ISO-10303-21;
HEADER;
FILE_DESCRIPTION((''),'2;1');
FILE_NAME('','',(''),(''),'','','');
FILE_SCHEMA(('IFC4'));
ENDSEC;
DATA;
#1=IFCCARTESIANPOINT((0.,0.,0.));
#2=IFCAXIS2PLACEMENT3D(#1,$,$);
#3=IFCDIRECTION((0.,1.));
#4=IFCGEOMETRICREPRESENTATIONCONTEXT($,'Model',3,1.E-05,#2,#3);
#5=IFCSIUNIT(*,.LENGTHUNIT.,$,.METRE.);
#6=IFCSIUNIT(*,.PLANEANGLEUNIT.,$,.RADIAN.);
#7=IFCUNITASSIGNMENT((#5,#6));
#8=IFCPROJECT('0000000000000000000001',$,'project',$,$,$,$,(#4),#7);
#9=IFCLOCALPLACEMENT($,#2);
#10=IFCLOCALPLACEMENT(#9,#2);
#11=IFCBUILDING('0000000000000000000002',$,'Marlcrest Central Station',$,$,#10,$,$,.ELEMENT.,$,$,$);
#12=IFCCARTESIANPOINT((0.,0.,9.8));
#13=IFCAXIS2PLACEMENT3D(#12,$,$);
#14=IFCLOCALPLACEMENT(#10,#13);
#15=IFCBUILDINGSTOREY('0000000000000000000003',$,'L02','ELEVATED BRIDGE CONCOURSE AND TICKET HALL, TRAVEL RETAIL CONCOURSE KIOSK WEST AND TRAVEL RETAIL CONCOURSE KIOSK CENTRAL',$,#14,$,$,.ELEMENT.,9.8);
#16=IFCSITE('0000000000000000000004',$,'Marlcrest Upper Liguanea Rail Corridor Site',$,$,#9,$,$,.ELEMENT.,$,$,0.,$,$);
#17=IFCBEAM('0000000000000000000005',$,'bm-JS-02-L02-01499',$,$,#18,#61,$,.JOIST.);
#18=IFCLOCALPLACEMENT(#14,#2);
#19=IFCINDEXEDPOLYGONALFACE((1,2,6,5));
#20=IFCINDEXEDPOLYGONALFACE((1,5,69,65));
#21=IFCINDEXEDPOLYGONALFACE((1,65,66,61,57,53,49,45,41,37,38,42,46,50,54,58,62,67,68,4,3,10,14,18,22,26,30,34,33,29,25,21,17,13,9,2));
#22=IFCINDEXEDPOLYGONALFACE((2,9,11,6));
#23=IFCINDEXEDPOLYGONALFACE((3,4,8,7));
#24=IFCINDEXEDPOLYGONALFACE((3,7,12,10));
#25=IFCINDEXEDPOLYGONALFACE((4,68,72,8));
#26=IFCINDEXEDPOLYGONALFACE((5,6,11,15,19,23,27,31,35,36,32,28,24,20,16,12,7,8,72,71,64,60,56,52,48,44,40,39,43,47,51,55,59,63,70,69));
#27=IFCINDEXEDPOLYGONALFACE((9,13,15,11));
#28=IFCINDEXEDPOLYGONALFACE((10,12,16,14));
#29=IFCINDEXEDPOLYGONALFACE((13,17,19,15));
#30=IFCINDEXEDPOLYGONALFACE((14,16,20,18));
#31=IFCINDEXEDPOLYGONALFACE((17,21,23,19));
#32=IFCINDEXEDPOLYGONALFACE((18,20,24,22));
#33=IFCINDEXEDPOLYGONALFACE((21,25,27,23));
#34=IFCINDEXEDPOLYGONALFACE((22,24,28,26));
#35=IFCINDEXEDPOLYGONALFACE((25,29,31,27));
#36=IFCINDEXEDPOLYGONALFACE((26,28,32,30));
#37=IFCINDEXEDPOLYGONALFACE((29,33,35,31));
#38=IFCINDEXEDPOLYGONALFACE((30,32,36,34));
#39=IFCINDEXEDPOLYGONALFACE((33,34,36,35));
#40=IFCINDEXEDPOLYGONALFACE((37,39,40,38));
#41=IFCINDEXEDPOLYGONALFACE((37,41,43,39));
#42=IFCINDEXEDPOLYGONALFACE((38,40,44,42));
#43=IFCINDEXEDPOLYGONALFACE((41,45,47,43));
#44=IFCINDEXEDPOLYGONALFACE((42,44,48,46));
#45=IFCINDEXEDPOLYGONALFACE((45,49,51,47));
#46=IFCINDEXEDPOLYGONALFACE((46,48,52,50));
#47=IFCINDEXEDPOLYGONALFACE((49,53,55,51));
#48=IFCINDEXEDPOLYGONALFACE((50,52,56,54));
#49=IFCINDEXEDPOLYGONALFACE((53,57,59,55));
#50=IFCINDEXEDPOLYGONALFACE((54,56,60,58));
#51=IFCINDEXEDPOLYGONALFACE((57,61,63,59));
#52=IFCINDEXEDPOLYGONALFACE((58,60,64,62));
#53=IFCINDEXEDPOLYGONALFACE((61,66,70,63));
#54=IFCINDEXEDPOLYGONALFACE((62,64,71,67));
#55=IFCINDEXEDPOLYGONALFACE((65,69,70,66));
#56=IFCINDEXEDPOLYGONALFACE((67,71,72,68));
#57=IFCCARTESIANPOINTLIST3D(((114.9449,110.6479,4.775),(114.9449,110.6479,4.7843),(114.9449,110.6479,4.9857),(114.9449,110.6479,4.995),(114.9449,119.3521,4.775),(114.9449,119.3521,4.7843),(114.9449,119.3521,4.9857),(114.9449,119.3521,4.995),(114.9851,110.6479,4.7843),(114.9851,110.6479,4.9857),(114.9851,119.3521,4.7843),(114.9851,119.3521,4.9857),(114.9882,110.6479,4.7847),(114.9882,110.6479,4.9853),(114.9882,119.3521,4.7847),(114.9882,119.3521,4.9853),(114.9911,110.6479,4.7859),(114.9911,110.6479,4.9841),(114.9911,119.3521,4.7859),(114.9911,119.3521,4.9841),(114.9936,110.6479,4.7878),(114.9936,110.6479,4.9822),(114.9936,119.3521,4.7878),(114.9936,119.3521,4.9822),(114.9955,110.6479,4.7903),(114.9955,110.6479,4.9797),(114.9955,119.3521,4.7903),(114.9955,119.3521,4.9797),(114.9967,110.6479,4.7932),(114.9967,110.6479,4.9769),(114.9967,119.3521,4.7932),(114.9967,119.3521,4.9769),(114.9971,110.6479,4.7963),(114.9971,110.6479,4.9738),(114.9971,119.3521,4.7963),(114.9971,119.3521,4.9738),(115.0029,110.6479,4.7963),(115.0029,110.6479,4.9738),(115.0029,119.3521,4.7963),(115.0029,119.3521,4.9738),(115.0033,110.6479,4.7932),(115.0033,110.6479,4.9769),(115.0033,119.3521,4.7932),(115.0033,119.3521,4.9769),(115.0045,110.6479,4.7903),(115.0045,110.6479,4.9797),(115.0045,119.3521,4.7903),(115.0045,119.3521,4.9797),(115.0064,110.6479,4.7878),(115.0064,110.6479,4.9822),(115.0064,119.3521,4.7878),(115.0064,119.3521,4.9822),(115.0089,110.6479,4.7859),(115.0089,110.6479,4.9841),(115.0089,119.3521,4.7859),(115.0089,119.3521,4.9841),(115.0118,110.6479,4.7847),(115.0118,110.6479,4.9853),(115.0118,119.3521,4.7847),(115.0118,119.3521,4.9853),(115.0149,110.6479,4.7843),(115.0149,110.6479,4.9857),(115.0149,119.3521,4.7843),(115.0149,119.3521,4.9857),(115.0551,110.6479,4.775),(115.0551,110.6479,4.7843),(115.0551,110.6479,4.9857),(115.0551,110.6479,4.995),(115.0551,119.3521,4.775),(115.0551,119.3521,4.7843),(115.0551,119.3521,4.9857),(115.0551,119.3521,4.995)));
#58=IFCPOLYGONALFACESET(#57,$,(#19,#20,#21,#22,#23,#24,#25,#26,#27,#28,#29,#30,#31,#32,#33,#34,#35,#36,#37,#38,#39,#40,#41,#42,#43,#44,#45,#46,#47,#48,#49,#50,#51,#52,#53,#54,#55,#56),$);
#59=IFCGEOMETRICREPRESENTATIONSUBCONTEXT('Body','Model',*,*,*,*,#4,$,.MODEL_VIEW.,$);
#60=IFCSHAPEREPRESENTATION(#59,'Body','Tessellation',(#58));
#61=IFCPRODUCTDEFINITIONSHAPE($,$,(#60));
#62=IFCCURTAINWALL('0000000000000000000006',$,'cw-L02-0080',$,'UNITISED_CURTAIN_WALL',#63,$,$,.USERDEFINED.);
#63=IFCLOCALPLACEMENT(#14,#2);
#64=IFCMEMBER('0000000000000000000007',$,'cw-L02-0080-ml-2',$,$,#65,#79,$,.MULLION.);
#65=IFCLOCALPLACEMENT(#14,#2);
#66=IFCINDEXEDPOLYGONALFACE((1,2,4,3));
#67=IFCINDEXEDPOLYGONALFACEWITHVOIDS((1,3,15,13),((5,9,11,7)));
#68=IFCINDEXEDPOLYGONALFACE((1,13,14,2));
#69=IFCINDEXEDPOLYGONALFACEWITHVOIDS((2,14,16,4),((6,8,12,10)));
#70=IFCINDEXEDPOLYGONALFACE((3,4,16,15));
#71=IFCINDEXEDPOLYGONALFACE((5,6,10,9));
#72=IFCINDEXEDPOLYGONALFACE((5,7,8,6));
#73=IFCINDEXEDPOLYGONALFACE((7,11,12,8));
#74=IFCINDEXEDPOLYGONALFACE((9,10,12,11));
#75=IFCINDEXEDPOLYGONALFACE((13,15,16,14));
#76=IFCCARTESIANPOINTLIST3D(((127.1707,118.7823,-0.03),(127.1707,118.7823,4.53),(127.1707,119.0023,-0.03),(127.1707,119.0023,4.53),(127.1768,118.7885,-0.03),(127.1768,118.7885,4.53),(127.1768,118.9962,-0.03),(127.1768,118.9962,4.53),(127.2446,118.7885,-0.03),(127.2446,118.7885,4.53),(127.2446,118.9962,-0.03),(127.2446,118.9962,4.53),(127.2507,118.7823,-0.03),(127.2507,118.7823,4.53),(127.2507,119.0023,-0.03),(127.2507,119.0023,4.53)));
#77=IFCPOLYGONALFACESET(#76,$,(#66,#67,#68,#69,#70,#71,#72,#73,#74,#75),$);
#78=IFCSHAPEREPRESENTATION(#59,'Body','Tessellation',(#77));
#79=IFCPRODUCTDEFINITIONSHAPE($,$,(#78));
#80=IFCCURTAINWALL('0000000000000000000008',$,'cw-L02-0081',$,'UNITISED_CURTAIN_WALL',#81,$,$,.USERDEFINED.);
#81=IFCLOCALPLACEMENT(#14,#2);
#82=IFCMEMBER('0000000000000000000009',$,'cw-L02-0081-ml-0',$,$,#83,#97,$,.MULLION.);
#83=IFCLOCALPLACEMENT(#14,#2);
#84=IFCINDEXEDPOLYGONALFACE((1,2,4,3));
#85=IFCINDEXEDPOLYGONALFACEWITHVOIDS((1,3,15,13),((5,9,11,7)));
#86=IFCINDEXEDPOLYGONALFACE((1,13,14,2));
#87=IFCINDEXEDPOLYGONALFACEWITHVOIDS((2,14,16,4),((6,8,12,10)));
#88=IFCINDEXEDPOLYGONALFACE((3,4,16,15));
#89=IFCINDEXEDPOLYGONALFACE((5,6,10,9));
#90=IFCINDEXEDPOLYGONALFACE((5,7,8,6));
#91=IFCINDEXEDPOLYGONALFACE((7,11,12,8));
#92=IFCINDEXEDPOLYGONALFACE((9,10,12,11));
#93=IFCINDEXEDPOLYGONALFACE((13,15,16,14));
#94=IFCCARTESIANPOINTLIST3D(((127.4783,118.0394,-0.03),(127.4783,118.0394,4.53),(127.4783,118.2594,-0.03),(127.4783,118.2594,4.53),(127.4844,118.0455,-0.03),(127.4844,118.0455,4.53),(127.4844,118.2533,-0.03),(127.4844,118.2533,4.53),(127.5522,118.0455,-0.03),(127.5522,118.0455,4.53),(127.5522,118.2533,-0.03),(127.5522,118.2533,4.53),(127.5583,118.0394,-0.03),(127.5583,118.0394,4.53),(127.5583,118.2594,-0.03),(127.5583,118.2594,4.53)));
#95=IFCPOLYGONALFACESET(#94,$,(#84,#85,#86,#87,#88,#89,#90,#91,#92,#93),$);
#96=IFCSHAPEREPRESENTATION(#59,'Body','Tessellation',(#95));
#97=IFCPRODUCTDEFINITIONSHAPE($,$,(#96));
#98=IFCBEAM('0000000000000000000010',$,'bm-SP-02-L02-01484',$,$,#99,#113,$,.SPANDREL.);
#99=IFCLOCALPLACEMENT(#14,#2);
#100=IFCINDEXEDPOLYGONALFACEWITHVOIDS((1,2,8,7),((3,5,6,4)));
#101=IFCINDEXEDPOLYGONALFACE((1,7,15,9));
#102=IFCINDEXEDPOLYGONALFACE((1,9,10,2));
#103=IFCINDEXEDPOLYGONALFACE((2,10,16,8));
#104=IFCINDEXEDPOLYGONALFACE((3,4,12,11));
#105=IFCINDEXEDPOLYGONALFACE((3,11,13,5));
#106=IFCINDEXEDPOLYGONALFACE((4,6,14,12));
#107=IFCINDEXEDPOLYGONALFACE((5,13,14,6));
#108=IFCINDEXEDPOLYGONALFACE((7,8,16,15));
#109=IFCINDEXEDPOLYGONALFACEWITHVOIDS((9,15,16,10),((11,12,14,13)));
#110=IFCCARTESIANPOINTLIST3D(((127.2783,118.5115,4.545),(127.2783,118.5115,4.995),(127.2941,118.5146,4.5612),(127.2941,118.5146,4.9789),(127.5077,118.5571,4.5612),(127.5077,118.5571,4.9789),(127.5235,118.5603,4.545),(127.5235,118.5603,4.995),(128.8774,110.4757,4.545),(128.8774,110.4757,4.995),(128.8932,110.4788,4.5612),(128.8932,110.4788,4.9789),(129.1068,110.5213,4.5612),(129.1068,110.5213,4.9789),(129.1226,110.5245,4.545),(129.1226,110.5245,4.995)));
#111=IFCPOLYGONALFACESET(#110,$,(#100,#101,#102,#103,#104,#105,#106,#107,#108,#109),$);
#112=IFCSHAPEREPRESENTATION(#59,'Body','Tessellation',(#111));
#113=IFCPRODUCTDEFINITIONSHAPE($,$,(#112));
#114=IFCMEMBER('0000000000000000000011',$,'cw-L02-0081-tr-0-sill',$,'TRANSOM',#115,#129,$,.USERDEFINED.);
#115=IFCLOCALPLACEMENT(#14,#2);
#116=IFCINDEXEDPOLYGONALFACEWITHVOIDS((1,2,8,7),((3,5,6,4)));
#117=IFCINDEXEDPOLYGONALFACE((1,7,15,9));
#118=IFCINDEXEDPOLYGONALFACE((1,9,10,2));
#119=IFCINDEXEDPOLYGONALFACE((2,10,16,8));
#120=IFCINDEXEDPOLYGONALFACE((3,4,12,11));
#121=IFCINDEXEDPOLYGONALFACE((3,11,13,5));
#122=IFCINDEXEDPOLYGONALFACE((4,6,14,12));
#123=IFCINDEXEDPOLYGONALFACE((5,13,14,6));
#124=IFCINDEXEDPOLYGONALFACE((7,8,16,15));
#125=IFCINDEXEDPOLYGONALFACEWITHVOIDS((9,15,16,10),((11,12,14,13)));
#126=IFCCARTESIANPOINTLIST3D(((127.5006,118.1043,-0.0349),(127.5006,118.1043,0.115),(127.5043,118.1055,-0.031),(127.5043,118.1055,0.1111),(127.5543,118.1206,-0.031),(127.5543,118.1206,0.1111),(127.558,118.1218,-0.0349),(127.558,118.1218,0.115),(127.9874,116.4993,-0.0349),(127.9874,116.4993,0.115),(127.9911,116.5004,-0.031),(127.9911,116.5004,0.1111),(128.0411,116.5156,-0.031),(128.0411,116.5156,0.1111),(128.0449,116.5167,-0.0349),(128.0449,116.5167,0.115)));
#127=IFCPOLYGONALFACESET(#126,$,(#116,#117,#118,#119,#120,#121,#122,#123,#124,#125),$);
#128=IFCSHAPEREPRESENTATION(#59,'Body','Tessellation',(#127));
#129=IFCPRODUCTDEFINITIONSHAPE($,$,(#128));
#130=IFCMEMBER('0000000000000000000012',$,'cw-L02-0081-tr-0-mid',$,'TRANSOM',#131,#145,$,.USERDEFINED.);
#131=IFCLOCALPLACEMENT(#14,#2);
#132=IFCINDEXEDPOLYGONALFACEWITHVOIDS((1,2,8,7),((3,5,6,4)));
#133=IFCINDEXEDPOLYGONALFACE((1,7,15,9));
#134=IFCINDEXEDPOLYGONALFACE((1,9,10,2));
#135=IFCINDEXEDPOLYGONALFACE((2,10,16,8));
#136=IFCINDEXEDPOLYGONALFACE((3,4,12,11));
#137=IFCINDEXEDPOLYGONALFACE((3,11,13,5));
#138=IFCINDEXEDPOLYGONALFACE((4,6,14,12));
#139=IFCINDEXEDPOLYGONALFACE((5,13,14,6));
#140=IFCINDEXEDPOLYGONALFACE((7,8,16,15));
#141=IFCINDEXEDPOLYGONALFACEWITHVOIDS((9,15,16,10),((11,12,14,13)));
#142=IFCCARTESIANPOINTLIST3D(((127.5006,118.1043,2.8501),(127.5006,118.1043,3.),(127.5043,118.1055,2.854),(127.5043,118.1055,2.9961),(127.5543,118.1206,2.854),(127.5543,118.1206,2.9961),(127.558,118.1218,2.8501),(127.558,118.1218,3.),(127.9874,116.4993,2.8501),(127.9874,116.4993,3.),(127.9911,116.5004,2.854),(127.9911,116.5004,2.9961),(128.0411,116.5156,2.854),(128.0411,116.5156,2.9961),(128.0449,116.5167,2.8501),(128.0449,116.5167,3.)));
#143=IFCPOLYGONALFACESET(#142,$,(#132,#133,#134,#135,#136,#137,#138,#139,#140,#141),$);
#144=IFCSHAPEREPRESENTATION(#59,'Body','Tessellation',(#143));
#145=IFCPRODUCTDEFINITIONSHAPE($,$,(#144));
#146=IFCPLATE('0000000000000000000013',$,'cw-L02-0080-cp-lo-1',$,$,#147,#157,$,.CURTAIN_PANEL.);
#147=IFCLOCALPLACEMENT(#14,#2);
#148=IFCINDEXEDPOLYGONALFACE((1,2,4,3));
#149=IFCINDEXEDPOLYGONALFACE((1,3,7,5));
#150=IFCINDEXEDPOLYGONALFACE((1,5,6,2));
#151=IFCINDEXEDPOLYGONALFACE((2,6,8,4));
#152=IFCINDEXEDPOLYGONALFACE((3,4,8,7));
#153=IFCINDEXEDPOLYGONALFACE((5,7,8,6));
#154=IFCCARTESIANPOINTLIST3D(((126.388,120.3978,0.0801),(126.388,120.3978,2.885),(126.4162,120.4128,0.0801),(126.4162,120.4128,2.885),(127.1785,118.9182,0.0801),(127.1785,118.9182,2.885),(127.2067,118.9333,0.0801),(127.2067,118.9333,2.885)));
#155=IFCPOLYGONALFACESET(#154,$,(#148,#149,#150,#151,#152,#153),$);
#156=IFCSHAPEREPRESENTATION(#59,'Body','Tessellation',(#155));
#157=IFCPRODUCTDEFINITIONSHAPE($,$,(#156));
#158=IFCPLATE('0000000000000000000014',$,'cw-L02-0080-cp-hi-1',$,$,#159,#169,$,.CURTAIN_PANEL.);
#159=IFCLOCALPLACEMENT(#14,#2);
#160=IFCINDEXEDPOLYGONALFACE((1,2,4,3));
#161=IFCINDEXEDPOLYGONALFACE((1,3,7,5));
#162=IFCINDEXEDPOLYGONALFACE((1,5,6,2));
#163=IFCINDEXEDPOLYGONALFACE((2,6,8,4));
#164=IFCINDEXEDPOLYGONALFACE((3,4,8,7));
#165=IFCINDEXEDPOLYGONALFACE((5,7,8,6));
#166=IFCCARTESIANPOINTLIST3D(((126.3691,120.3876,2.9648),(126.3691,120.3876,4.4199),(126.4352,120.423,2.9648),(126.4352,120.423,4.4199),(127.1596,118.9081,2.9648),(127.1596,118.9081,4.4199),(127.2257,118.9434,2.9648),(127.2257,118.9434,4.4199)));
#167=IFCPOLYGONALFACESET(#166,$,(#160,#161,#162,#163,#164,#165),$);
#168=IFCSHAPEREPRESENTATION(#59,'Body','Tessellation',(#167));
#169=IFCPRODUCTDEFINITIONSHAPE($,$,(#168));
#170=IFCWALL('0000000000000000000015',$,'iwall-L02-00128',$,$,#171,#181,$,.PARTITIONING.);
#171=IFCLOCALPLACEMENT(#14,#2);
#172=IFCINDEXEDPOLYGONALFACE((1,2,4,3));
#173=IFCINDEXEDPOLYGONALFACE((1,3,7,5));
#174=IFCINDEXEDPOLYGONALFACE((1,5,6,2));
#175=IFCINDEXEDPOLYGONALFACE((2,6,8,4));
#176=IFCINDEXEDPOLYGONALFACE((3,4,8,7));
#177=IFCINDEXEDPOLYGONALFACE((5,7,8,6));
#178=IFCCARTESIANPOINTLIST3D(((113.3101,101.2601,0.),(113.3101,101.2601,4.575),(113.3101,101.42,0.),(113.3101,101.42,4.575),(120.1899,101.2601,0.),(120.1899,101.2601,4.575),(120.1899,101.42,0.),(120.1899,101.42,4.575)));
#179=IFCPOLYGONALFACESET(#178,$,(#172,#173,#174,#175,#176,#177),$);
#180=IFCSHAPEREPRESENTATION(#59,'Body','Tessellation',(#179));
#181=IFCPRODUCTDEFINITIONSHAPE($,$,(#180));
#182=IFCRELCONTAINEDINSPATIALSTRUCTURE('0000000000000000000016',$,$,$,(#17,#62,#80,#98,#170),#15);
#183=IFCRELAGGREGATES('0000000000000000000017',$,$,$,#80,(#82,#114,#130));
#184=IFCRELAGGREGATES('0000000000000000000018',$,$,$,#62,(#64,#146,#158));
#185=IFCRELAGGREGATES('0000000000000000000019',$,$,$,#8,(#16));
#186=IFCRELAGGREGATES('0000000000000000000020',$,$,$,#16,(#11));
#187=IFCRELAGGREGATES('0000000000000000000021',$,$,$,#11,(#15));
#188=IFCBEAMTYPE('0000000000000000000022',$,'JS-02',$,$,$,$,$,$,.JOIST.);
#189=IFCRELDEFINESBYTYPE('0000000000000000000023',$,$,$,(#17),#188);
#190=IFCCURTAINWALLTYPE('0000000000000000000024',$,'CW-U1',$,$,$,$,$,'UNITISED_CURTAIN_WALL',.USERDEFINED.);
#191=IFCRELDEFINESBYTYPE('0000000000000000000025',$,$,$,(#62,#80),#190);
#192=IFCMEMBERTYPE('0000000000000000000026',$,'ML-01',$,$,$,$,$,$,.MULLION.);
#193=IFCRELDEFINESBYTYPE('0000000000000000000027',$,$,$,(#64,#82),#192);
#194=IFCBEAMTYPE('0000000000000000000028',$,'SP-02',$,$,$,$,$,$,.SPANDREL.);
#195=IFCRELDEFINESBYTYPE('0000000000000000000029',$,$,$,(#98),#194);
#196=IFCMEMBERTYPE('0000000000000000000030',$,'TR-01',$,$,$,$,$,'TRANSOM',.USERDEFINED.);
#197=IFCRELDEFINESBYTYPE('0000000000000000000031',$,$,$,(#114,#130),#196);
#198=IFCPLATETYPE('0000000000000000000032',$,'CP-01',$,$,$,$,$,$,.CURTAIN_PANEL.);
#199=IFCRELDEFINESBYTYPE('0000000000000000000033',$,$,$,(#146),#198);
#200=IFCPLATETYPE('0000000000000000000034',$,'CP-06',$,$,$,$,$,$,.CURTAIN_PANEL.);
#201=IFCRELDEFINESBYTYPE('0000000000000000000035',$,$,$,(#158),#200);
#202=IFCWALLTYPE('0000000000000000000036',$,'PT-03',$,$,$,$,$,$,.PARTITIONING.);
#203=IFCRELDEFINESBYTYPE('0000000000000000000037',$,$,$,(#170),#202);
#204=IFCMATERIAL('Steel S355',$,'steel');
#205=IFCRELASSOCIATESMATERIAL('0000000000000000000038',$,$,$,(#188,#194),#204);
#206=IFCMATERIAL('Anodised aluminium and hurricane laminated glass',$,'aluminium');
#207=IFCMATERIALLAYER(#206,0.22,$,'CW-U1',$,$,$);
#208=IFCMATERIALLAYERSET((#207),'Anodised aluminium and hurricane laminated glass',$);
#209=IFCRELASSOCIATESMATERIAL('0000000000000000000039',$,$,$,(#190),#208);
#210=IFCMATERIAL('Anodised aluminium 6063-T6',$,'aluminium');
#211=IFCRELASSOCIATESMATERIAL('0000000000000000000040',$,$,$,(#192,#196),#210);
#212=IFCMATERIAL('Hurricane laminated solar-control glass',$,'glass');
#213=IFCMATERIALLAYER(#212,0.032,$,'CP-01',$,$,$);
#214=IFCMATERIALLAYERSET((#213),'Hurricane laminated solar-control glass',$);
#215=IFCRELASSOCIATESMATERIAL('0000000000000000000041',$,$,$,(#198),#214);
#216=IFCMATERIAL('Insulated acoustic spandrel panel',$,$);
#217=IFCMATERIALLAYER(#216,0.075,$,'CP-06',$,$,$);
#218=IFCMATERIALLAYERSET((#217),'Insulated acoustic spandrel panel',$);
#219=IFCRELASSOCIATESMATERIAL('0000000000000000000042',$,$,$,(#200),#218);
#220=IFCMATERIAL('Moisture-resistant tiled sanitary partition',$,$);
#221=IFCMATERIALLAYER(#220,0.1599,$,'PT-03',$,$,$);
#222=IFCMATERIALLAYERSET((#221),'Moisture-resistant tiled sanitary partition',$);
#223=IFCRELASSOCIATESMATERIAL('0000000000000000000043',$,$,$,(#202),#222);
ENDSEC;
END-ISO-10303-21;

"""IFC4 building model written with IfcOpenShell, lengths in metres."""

from ifc_helpers import new_model, si_unit, direction, frame, frame_2d, origin, origin_2d, place, context, subcontext, project, spatial, rectangle, hollow_rectangle, i_section, extrude, material, layer, layer_set, material_profile, profile_set, type_object, element, aggregate, save


model = new_model("IFC4")

# Units and contexts
model_context = context("Model", 3, precision=1e-05, world=origin(), true_north=direction((0.0, 1.0)))
body_context = subcontext(model_context, "Body", "Model", "MODEL_VIEW")
ifc_project = project(units=[si_unit("LENGTHUNIT", "METRE"), si_unit("PLANEANGLEUNIT", "RADIAN")], contexts=[model_context])

# Site, building, storey
site_placement = place(None, origin())
site = spatial("IfcSite", under=ifc_project, at=site_placement, Name="Marlcrest Upper Liguanea Rail Corridor Site", CompositionType="ELEMENT", RefElevation=0.0)
building_placement = place(site_placement, origin())
building = spatial("IfcBuilding", under=site, at=building_placement, Name="Marlcrest Central Station", CompositionType="ELEMENT")
storey_placement = place(building_placement, frame((0.0, 0.0, 9.8)))
storey = spatial("IfcBuildingStorey", under=building, at=storey_placement, Name="L02", Description="ELEVATED BRIDGE CONCOURSE AND TICKET HALL, TRAVEL RETAIL CONCOURSE KIOSK WEST AND TRAVEL RETAIL CONCOURSE KIOSK CENTRAL", CompositionType="ELEMENT", Elevation=9.8)

# Shared definitions
ifc_material_1 = material(Name="Steel S355", Category="steel")

# Beam
ifc_material_profile_1 = material_profile(ifc_material_1, i_section(OverallWidth=0.1101, OverallDepth=0.22, WebThickness=0.0059, FlangeThickness=0.0093, FilletRadius=0.012, at=origin_2d()), Name="IPE 220")
ifc_profile_set_1 = profile_set([ifc_material_profile_1], Name="Steel S355")
beam_type_1 = type_object("IfcBeamType", Name="JS-02", PredefinedType="JOIST", material=ifc_profile_set_1)
beam_1_placement = place(storey_placement, frame((115.0, 110.6479, 4.885), z_axis=(0.0, 1.0, 0.0), x_axis=(-1.0, 0.0, 0.0)))
element("IfcBeam", 1, at=beam_1_placement, inside=storey, type_object=beam_type_1, Name="bm-JS-02-L02-01499", PredefinedType="JOIST", context=body_context, shape_type="SweptSolid", body=[
    extrude(i_section(OverallWidth=0.1101, OverallDepth=0.22, WebThickness=0.0059, FlangeThickness=0.0093, FilletRadius=0.012, at=origin_2d()), origin(), (0.0, 0.0, 1.0), 8.7041),
])

# Curtain walls, members
ifc_material_2 = material(Name="Anodised aluminium and hurricane laminated glass", Category="aluminium")
ifc_layer_1 = layer(ifc_material_2, 0.22, Name="CW-U1")
ifc_layer_set_1 = layer_set([ifc_layer_1], Name="Anodised aluminium and hurricane laminated glass")
curtain_wall_type = type_object("IfcCurtainWallType", Name="CW-U1", ElementType="UNITISED_CURTAIN_WALL", PredefinedType="USERDEFINED", material=ifc_layer_set_1)
curtain_wall_1_placement = place(storey_placement, origin())
curtain_wall_1 = element("IfcCurtainWall", 2, at=curtain_wall_1_placement, inside=storey, type_object=curtain_wall_type, Name="cw-L02-0080", ObjectType="UNITISED_CURTAIN_WALL", PredefinedType="USERDEFINED")
ifc_material_3 = material(Name="Anodised aluminium 6063-T6", Category="aluminium")
ifc_material_profile_2 = material_profile(ifc_material_3, hollow_rectangle(XDim=0.0801, YDim=0.22, WallThickness=0.0061, at=origin_2d()), Name="AA-RHS 220x80x6")
ifc_profile_set_2 = profile_set([ifc_material_profile_2], Name="Anodised aluminium 6063-T6")
member_type_1 = type_object("IfcMemberType", Name="ML-01", PredefinedType="MULLION", material=ifc_profile_set_2)
member_1_placement = place(storey_placement, frame((127.2107, 118.8923, -0.03), z_axis=(0.0, 0.0, 1.0), x_axis=(1.0, 0.0, 0.0)))
member_1 = element("IfcMember", 3, at=member_1_placement, type_object=member_type_1, Name="cw-L02-0080-ml-2", PredefinedType="MULLION", context=body_context, shape_type="SweptSolid", body=[
    extrude(hollow_rectangle(XDim=0.0801, YDim=0.22, WallThickness=0.0061, at=origin_2d()), origin(), (0.0, 0.0, 1.0), 4.5601),
])
curtain_wall_2_placement = place(storey_placement, origin())
curtain_wall_2 = element("IfcCurtainWall", 4, at=curtain_wall_2_placement, inside=storey, type_object=curtain_wall_type, Name="cw-L02-0081", ObjectType="UNITISED_CURTAIN_WALL", PredefinedType="USERDEFINED")
member_2_placement = place(storey_placement, frame((127.5183, 118.1494, -0.03), z_axis=(0.0, 0.0, 1.0), x_axis=(1.0, 0.0, 0.0)))
member_2 = element("IfcMember", 5, at=member_2_placement, type_object=member_type_1, Name="cw-L02-0081-ml-0", PredefinedType="MULLION", context=body_context, shape_type="SweptSolid", body=[
    extrude(hollow_rectangle(XDim=0.0801, YDim=0.22, WallThickness=0.0061, at=origin_2d()), origin(), (0.0, 0.0, 1.0), 4.5601),
])

# Beam
ifc_material_profile_3 = material_profile(ifc_material_1, hollow_rectangle(XDim=0.25, YDim=0.45, WallThickness=0.0161, at=origin_2d()), Name="RHS 450x250x16")
ifc_profile_set_3 = profile_set([ifc_material_profile_3], Name="Steel S355")
beam_type_2 = type_object("IfcBeamType", Name="SP-02", PredefinedType="SPANDREL", material=ifc_profile_set_3)
beam_2_placement = place(storey_placement, frame((127.4009, 118.5359, 4.77), z_axis=(0.195171, -0.980769, 0.0), x_axis=(0.980769, 0.195171, 0.0)))
element("IfcBeam", 6, at=beam_2_placement, inside=storey, type_object=beam_type_2, Name="bm-SP-02-L02-01484", PredefinedType="SPANDREL", context=body_context, shape_type="SweptSolid", body=[
    extrude(hollow_rectangle(XDim=0.25, YDim=0.45, WallThickness=0.0161, at=origin_2d()), origin(), (0.0, 0.0, 1.0), 8.1934),
])

# Members
ifc_material_profile_4 = material_profile(ifc_material_3, hollow_rectangle(XDim=0.0601, YDim=0.1499, WallThickness=0.0039, at=origin_2d()), Name="AA-RHS 150x60x4")
ifc_profile_set_4 = profile_set([ifc_material_profile_4], Name="Anodised aluminium 6063-T6")
member_type_2 = type_object("IfcMemberType", Name="TR-01", ElementType="TRANSOM", PredefinedType="USERDEFINED", material=ifc_profile_set_4)
member_3_placement = place(storey_placement, frame((127.5293, 118.113, 0.04), z_axis=(0.290258, -0.956948, 0.0), x_axis=(0.956948, 0.290258, 0.0)))
member_3 = element("IfcMember", 7, at=member_3_placement, type_object=member_type_2, Name="cw-L02-0081-tr-0-sill", ObjectType="TRANSOM", PredefinedType="USERDEFINED", context=body_context, shape_type="SweptSolid", body=[
    extrude(hollow_rectangle(XDim=0.0601, YDim=0.1499, WallThickness=0.0039, at=origin_2d()), origin(), (0.0, 0.0, 1.0), 1.6772),
])
member_4_placement = place(storey_placement, frame((127.5293, 118.113, 2.925), z_axis=(0.290258, -0.956948, 0.0), x_axis=(0.956948, 0.290258, 0.0)))
member_4 = element("IfcMember", 8, at=member_4_placement, type_object=member_type_2, Name="cw-L02-0081-tr-0-mid", ObjectType="TRANSOM", PredefinedType="USERDEFINED", context=body_context, shape_type="SweptSolid", body=[
    extrude(hollow_rectangle(XDim=0.0601, YDim=0.1499, WallThickness=0.0039, at=origin_2d()), origin(), (0.0, 0.0, 1.0), 1.6772),
])
aggregate(curtain_wall_2, [member_2, member_3, member_4])

# Plates
ifc_material_4 = material(Name="Hurricane laminated solar-control glass", Category="glass")
ifc_layer_2 = layer(ifc_material_4, 0.032, Name="CP-01")
ifc_layer_set_2 = layer_set([ifc_layer_2], Name="Hurricane laminated solar-control glass")
plate_type_1 = type_object("IfcPlateType", Name="CP-01", PredefinedType="CURTAIN_PANEL", material=ifc_layer_set_2)
plate_1_placement = place(storey_placement, frame((126.7974, 119.6655, 0.0801), z_axis=(0.0, 0.0, 1.0), x_axis=(0.471243, -0.882004, 0.0)))
plate_1 = element("IfcPlate", 9, at=plate_1_placement, type_object=plate_type_1, Name="cw-L02-0080-cp-lo-1", PredefinedType="CURTAIN_PANEL", context=body_context, shape_type="SweptSolid", body=[
    extrude(rectangle(XDim=1.6775, YDim=0.032, at=origin_2d()), origin(), (0.0, 0.0, 1.0), 2.8049),
])
ifc_material_5 = material(Name="Insulated acoustic spandrel panel")
ifc_layer_3 = layer(ifc_material_5, 0.075, Name="CP-06")
ifc_layer_set_3 = layer_set([ifc_layer_3], Name="Insulated acoustic spandrel panel")
plate_type_2 = type_object("IfcPlateType", Name="CP-06", PredefinedType="CURTAIN_PANEL", material=ifc_layer_set_3)
plate_2_placement = place(storey_placement, frame((126.7974, 119.6655, 2.9648), z_axis=(0.0, 0.0, 1.0), x_axis=(0.471243, -0.882004, 0.0)))
plate_2 = element("IfcPlate", 10, at=plate_2_placement, type_object=plate_type_2, Name="cw-L02-0080-cp-hi-1", PredefinedType="CURTAIN_PANEL", context=body_context, shape_type="SweptSolid", body=[
    extrude(rectangle(XDim=1.6775, YDim=0.075, at=origin_2d()), origin(), (0.0, 0.0, 1.0), 1.4551),
])
aggregate(curtain_wall_1, [member_1, plate_1, plate_2])

# Wall
ifc_material_6 = material(Name="Moisture-resistant tiled sanitary partition")
ifc_layer_4 = layer(ifc_material_6, 0.1599, Name="PT-03")
ifc_layer_set_4 = layer_set([ifc_layer_4], Name="Moisture-resistant tiled sanitary partition")
wall_type_1 = type_object("IfcWallType", Name="PT-03", PredefinedType="PARTITIONING", material=ifc_layer_set_4)
wall_1_placement = place(storey_placement, frame((113.3101, 101.3401, 0.0), z_axis=(0.0, 0.0, 1.0), x_axis=(1.0, 0.0, 0.0)))
element("IfcWall", 11, at=wall_1_placement, inside=storey, type_object=wall_type_1, Name="iwall-L02-00128", PredefinedType="PARTITIONING", context=body_context, shape_type="SweptSolid", body=[
    extrude(rectangle(XDim=6.8799, YDim=0.1599, at=frame_2d((3.4399, 0.0))), origin(), (0.0, 0.0, 1.0), 4.575),
])

save(model, "model.ifc")
